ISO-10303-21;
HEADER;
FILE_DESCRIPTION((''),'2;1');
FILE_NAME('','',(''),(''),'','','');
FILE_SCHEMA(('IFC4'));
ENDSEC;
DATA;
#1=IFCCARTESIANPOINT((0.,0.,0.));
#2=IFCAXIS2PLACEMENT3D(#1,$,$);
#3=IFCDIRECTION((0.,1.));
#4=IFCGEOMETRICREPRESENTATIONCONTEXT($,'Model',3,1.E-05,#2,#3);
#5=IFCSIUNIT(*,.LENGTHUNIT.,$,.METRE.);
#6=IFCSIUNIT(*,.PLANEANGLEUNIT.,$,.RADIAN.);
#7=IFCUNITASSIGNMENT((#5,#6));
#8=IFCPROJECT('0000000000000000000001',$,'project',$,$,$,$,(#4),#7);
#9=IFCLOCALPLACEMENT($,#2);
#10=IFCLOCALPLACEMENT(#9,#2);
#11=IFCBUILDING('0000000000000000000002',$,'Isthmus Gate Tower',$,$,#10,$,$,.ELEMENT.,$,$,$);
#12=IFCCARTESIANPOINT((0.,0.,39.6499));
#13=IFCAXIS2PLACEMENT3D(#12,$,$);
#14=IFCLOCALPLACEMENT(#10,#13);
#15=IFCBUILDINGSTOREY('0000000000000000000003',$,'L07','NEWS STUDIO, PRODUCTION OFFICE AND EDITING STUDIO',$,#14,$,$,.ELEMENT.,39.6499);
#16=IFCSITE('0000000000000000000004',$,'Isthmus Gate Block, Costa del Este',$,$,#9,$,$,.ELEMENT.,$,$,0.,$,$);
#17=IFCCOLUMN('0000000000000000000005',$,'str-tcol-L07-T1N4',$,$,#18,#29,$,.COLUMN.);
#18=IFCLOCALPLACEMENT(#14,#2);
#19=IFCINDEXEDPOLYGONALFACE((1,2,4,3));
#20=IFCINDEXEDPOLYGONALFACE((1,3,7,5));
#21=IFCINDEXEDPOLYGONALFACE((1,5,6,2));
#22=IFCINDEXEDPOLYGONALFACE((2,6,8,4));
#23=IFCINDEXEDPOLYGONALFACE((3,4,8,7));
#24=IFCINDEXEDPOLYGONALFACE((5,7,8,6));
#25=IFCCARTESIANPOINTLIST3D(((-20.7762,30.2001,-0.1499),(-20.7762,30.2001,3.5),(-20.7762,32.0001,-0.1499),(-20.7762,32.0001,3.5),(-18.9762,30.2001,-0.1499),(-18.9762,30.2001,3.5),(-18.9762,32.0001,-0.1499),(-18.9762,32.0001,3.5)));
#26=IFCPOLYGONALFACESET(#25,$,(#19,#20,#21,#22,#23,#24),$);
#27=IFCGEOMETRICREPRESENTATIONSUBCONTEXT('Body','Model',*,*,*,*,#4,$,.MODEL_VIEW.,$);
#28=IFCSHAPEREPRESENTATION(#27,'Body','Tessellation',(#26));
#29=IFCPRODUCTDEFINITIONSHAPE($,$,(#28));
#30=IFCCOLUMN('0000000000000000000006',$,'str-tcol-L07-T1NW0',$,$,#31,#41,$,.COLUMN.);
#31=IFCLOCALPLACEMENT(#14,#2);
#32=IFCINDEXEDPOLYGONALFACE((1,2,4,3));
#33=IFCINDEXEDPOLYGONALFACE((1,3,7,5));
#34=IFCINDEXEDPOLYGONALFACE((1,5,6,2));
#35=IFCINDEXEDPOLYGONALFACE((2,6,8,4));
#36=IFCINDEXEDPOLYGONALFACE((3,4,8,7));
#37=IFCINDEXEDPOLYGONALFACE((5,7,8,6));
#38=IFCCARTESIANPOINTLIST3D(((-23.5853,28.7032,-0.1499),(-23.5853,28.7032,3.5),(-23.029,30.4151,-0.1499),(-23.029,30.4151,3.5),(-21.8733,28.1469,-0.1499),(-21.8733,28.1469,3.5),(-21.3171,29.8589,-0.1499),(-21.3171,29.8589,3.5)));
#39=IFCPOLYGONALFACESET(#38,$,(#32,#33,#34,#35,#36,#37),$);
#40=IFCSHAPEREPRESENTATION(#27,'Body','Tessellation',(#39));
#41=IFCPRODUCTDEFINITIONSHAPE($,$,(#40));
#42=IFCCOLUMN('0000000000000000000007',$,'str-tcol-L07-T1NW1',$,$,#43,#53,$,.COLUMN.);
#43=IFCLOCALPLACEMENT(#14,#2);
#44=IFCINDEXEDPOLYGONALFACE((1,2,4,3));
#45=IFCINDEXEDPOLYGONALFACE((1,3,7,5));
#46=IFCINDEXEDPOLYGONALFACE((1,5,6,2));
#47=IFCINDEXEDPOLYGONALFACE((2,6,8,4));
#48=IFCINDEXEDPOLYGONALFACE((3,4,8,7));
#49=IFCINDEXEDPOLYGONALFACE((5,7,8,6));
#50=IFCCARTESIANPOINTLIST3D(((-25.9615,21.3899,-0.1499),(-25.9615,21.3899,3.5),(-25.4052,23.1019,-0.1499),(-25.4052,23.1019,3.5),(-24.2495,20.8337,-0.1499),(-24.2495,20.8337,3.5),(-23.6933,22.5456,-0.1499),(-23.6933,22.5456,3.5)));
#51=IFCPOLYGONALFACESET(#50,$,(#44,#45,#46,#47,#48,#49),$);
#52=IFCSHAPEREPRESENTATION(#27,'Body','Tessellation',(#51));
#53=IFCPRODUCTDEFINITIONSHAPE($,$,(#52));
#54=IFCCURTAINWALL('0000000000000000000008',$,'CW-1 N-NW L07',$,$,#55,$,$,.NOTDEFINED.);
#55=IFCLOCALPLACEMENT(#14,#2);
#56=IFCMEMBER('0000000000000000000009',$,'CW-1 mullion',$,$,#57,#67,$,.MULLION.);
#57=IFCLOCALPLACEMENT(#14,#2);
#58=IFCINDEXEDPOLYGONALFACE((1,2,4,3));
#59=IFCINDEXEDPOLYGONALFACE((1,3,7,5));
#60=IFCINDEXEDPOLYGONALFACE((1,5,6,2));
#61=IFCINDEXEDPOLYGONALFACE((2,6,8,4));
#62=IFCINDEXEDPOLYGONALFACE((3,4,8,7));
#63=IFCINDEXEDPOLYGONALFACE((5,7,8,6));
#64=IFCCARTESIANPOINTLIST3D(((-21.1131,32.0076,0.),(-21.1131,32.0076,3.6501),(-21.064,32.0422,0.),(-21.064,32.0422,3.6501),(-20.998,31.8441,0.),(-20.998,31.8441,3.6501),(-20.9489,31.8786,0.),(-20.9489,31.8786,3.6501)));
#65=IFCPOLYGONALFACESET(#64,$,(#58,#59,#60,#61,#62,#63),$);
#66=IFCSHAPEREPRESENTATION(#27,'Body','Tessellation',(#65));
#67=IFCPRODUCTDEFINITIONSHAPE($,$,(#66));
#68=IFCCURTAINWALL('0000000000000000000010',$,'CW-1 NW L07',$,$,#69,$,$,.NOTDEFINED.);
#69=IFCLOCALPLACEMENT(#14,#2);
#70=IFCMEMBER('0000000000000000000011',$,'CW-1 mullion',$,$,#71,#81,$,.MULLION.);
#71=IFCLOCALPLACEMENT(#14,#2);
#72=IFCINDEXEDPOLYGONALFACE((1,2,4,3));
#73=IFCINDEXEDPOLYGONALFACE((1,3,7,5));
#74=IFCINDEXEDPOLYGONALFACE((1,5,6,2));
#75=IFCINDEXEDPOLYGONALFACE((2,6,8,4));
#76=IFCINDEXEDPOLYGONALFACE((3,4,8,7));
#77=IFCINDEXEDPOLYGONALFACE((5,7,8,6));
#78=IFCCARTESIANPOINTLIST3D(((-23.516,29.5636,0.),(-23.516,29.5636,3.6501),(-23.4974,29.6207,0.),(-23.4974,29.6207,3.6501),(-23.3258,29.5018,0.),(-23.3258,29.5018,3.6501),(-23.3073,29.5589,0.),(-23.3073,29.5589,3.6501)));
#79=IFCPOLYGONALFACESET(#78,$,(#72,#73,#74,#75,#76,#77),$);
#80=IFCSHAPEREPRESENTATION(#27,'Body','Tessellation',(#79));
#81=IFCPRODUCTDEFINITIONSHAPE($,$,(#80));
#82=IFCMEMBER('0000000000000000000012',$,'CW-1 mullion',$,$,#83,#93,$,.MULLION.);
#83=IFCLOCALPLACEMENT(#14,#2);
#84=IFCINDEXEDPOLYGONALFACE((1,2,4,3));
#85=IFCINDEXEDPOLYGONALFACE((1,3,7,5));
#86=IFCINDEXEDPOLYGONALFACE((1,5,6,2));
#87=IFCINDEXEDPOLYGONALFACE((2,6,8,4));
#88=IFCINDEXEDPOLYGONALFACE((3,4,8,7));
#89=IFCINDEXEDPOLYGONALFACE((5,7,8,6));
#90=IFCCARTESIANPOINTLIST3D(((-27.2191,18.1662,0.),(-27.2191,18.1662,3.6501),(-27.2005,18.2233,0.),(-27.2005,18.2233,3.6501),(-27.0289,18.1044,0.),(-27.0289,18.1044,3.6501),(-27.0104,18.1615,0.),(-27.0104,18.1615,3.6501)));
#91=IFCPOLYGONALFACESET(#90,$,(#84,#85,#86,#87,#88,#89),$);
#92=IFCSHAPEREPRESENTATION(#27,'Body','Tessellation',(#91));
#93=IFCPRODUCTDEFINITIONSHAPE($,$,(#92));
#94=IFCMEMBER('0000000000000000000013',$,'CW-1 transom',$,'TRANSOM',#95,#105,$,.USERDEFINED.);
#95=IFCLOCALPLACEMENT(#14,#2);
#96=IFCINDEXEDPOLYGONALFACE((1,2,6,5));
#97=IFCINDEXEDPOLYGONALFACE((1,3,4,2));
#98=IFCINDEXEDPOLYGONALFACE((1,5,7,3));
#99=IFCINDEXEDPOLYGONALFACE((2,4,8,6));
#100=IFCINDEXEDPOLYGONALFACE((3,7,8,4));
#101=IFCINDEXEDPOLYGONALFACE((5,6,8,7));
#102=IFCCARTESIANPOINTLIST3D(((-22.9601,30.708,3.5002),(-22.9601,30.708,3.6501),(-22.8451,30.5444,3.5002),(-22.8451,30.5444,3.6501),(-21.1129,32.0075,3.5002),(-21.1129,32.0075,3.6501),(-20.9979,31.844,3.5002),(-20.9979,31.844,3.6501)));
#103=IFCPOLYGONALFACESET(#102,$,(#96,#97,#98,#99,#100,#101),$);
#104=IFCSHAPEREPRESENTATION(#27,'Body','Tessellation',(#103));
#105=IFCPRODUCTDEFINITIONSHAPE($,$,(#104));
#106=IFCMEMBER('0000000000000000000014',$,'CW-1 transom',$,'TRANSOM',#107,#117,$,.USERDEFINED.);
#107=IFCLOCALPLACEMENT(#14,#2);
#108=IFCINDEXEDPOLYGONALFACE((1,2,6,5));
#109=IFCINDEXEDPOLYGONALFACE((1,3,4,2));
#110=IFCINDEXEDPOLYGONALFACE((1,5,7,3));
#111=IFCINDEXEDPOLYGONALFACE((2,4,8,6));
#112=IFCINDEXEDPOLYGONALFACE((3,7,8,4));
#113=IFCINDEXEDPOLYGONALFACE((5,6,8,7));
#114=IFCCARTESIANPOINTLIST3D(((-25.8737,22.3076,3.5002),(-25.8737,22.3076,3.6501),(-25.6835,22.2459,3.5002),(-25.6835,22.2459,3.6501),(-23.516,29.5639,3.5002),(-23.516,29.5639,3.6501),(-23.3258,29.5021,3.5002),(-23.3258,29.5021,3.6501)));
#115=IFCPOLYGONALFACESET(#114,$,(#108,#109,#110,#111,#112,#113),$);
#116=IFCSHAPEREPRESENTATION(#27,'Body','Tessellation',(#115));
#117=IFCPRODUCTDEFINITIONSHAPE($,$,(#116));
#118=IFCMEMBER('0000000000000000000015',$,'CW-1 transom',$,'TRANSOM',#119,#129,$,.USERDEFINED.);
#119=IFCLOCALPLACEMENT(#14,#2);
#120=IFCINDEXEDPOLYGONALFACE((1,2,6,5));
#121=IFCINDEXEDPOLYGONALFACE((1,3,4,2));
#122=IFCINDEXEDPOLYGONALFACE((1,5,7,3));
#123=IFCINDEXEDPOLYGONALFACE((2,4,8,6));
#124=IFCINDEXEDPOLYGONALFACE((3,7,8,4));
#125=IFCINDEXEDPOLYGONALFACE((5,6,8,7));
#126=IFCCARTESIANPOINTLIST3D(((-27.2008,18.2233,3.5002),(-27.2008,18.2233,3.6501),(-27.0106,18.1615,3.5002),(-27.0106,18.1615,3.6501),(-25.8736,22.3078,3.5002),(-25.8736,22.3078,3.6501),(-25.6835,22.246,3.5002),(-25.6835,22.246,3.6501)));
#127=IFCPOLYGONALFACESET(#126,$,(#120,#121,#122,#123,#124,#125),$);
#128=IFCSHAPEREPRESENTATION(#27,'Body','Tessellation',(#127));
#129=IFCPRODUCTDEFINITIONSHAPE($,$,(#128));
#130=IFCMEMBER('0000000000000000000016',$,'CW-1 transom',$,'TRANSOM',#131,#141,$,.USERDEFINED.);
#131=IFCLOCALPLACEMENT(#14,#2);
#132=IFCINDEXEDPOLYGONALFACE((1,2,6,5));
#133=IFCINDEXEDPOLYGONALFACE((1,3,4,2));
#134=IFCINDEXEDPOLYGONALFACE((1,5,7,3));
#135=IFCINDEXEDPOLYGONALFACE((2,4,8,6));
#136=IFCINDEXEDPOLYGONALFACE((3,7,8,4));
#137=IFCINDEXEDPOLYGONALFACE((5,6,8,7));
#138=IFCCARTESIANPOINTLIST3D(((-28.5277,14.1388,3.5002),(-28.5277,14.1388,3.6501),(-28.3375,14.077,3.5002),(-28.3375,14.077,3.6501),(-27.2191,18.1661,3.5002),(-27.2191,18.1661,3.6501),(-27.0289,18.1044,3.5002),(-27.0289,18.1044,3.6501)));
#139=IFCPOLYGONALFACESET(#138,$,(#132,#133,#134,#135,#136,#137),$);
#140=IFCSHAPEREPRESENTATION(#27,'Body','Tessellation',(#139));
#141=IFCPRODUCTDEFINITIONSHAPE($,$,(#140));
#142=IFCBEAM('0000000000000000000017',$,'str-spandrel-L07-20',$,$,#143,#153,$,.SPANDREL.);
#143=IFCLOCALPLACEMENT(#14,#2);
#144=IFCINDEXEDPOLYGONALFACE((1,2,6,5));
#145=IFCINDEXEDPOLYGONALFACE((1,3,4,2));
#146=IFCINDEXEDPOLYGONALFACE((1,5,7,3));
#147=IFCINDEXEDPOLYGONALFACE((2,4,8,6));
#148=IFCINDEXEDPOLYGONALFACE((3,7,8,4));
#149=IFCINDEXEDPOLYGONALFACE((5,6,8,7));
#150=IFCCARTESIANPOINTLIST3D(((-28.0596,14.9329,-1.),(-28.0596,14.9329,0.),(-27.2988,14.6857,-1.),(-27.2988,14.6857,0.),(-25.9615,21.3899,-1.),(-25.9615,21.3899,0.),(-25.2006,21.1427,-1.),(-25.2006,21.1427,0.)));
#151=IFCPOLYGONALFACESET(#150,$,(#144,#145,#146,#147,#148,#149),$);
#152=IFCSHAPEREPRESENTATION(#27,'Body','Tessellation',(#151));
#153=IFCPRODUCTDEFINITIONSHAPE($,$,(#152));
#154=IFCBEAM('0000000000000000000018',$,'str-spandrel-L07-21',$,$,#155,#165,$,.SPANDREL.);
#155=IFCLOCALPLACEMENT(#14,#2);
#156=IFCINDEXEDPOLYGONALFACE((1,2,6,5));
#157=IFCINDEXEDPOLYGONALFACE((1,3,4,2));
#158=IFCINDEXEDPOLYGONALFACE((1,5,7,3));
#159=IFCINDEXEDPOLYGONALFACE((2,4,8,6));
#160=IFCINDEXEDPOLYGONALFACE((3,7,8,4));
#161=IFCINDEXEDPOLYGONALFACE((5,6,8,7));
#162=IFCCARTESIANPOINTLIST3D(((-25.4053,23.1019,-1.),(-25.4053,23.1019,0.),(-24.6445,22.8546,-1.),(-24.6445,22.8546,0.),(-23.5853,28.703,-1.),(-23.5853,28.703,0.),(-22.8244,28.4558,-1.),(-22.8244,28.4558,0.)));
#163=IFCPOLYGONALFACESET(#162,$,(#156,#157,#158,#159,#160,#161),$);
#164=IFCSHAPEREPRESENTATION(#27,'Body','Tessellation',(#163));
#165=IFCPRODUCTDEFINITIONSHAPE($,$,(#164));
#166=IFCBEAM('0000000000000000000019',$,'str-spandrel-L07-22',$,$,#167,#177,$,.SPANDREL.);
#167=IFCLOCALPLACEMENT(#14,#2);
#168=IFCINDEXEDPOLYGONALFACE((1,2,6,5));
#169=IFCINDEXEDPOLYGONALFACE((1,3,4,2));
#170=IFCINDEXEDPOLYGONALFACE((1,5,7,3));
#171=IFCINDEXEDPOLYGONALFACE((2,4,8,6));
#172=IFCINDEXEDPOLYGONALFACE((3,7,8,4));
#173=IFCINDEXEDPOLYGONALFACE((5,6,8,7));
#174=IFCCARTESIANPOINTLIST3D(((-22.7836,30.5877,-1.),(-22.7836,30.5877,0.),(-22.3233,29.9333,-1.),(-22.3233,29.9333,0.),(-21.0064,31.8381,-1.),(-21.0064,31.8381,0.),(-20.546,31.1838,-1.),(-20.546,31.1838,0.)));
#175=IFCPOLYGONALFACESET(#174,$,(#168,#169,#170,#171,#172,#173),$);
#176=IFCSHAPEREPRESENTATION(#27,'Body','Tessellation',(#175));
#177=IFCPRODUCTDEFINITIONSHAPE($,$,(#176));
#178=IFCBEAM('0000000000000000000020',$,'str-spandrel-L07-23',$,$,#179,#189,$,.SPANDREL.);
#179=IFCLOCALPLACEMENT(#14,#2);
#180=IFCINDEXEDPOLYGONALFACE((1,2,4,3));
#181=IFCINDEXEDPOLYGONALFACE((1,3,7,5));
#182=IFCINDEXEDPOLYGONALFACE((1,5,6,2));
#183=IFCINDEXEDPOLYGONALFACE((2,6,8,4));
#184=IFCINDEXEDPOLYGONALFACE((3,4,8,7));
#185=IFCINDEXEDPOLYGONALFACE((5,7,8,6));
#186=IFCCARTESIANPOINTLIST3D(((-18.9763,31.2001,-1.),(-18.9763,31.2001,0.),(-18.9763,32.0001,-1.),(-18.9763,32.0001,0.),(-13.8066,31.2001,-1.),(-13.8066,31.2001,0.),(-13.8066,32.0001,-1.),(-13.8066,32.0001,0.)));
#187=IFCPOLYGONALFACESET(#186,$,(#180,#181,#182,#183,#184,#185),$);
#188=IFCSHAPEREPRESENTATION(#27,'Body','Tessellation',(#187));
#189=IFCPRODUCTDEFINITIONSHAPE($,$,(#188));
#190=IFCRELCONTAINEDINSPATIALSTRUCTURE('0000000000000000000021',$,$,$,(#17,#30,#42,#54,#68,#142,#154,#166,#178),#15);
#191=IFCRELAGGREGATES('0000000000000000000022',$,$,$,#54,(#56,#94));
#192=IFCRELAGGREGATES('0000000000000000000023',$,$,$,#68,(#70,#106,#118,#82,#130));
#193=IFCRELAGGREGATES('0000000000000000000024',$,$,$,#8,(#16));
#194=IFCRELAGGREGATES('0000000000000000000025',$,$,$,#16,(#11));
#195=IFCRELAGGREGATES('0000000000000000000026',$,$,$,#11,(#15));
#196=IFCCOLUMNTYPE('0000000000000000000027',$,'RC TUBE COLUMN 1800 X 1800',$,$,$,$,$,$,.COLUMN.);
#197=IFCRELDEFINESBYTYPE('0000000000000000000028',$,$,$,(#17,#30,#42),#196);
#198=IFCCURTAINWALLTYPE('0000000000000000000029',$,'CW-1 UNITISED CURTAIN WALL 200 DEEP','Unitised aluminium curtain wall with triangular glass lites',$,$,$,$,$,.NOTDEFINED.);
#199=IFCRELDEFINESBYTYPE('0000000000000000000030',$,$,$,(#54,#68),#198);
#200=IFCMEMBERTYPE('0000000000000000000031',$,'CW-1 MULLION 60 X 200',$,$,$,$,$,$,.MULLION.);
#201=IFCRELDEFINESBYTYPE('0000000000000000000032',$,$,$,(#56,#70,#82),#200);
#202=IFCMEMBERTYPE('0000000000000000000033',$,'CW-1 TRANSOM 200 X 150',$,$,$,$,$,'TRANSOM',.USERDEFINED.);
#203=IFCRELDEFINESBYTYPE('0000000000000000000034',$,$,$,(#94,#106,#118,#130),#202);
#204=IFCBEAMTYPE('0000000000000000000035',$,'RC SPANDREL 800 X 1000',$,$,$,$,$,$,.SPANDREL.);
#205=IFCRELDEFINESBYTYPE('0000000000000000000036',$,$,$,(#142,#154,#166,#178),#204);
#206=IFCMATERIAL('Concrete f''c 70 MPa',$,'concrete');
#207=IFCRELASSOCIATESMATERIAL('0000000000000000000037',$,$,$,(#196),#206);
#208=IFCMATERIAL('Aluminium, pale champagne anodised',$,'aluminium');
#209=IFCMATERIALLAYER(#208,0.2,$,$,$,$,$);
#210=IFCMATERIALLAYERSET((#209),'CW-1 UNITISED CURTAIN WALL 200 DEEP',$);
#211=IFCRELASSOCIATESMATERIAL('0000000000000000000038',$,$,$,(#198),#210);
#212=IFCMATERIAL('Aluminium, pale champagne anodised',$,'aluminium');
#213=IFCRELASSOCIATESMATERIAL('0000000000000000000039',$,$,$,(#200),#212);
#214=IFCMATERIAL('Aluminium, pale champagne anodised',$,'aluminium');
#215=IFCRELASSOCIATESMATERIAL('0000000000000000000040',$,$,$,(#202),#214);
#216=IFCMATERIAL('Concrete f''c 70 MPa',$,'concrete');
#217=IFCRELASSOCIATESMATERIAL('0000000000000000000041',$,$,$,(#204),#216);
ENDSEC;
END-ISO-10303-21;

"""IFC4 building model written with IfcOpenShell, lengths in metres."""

from ifc_helpers import new_model, si_unit, direction, frame, origin, origin_2d, place, context, subcontext, project, spatial, rectangle, extrude, material, layer, layer_set, material_profile, profile_set, type_object, element, aggregate, save


model = new_model("IFC4")

# Units and contexts
model_context = context("Model", 3, precision=1e-05, world=origin(), true_north=direction((0.0, 1.0)))
body_context = subcontext(model_context, "Body", "Model", "MODEL_VIEW")
ifc_project = project(units=[si_unit("LENGTHUNIT", "METRE"), si_unit("PLANEANGLEUNIT", "RADIAN")], contexts=[model_context])

# Site, building, storey
site_placement = place(None, origin())
site = spatial("IfcSite", under=ifc_project, at=site_placement, Name="Isthmus Gate Block, Costa del Este", CompositionType="ELEMENT", RefElevation=0.0)
building_placement = place(site_placement, origin())
building = spatial("IfcBuilding", under=site, at=building_placement, Name="Isthmus Gate Tower", CompositionType="ELEMENT")
storey_placement = place(building_placement, frame((0.0, 0.0, 39.6499)))
storey = spatial("IfcBuildingStorey", under=building, at=storey_placement, Name="L07", Description="NEWS STUDIO, PRODUCTION OFFICE AND EDITING STUDIO", CompositionType="ELEMENT", Elevation=39.6499)

# Columns
ifc_material_1 = material(Name="Concrete f'c 70 MPa", Category="concrete")
ifc_material_profile_1 = material_profile(ifc_material_1, rectangle(XDim=1.8, YDim=1.8, at=origin_2d()), Name="RC 1800X1800")
ifc_profile_set_1 = profile_set([ifc_material_profile_1], Name="Concrete f'c 70 MPa")
column_type = type_object("IfcColumnType", Name="RC TUBE COLUMN 1800 X 1800", PredefinedType="COLUMN", material=ifc_profile_set_1)
for number, where, z_axis, x_axis, name in (
    (1, (-19.8762, 31.1001, -0.1499), (0.0, 0.0, 1.0), (-1.0, 0.0, 0.0), "str-tcol-L07-T1N4"),
    (2, (-22.4512, 29.281, -0.1499), (0.0, 0.0, 1.0), (-0.309017, -0.951057, 0.0), "str-tcol-L07-T1NW0"),
    (3, (-24.8274, 21.9678, -0.1499), (0.0, 0.0, 1.0), (-0.309017, -0.951057, 0.0), "str-tcol-L07-T1NW1"),
):
    element("IfcColumn", number, at=place(storey_placement, frame(where, z_axis=z_axis, x_axis=x_axis)), inside=storey, type_object=column_type, Name=name, PredefinedType="COLUMN", context=body_context, shape_type="SweptSolid", body=[
        extrude(rectangle(XDim=1.8, YDim=1.8, at=origin_2d()), origin(), (0.0, 0.0, 1.0), 3.6499),
    ])

# Curtain wall, member
ifc_material_2 = material(Name="Aluminium, pale champagne anodised", Category="aluminium")
ifc_layer_1 = layer(ifc_material_2, 0.2)
ifc_layer_set_1 = layer_set([ifc_layer_1], Name="CW-1 UNITISED CURTAIN WALL 200 DEEP")
curtain_wall_type = type_object("IfcCurtainWallType", Name="CW-1 UNITISED CURTAIN WALL 200 DEEP", Description="Unitised aluminium curtain wall with triangular glass lites", PredefinedType="NOTDEFINED", material=ifc_layer_set_1)
curtain_wall_1_placement = place(storey_placement, origin())
curtain_wall_1 = element("IfcCurtainWall", 4, at=curtain_wall_1_placement, inside=storey, type_object=curtain_wall_type, Name="CW-1 N-NW L07", PredefinedType="NOTDEFINED")
ifc_material_3 = material(Name="Aluminium, pale champagne anodised", Category="aluminium")
ifc_material_profile_2 = material_profile(ifc_material_3, rectangle(XDim=0.0601, YDim=0.2, at=origin_2d()), Name="60x200")
ifc_profile_set_2 = profile_set([ifc_material_profile_2], Name="Aluminium, pale champagne anodised")
member_type_1 = type_object("IfcMemberType", Name="CW-1 MULLION 60 X 200", PredefinedType="MULLION", material=ifc_profile_set_2)
member_1_placement = place(storey_placement, frame((-21.031, 31.9431, 0.0), z_axis=(0.0, 0.0, 1.0), x_axis=(-0.81786, -0.575418, 0.0)))
member_1 = element("IfcMember", 5, at=member_1_placement, type_object=member_type_1, Name="CW-1 mullion", PredefinedType="MULLION", context=body_context, shape_type="SweptSolid", body=[
    extrude(rectangle(XDim=0.0601, YDim=0.2, at=origin_2d()), origin(), (0.0, 0.0, 1.0), 3.6501),
])

# Curtain wall, members
curtain_wall_2_placement = place(storey_placement, origin())
curtain_wall_2 = element("IfcCurtainWall", 6, at=curtain_wall_2_placement, inside=storey, type_object=curtain_wall_type, Name="CW-1 NW L07", PredefinedType="NOTDEFINED")
member_2_placement = place(storey_placement, frame((-23.4116, 29.5613, 0.0), z_axis=(0.0, 0.0, 1.0), x_axis=(-0.309017, -0.951057, 0.0)))
member_2 = element("IfcMember", 7, at=member_2_placement, type_object=member_type_1, Name="CW-1 mullion", PredefinedType="MULLION", context=body_context, shape_type="SweptSolid", body=[
    extrude(rectangle(XDim=0.0601, YDim=0.2, at=origin_2d()), origin(), (0.0, 0.0, 1.0), 3.6501),
])
member_3_placement = place(storey_placement, frame((-27.1147, 18.1638, 0.0), z_axis=(0.0, 0.0, 1.0), x_axis=(-0.309017, -0.951057, 0.0)))
member_3 = element("IfcMember", 8, at=member_3_placement, type_object=member_type_1, Name="CW-1 mullion", PredefinedType="MULLION", context=body_context, shape_type="SweptSolid", body=[
    extrude(rectangle(XDim=0.0601, YDim=0.2, at=origin_2d()), origin(), (0.0, 0.0, 1.0), 3.6501),
])

# Members
ifc_material_4 = material(Name="Aluminium, pale champagne anodised", Category="aluminium")
ifc_material_profile_3 = material_profile(ifc_material_4, rectangle(XDim=0.2, YDim=0.1499, at=origin_2d()), Name="200x150")
ifc_profile_set_3 = profile_set([ifc_material_profile_3], Name="Aluminium, pale champagne anodised")
member_type_2 = type_object("IfcMemberType", Name="CW-1 TRANSOM 200 X 150", ElementType="TRANSOM", PredefinedType="USERDEFINED", material=ifc_profile_set_3)
member_4_placement = place(storey_placement, frame((-21.0554, 31.9258, 3.5752), z_axis=(-0.817869, -0.575405, 0.0), x_axis=(0.575405, -0.817869, 0.0)))
member_4 = element("IfcMember", 9, at=member_4_placement, type_object=member_type_2, Name="CW-1 transom", ObjectType="TRANSOM", PredefinedType="USERDEFINED", context=body_context, shape_type="SweptSolid", body=[
    extrude(rectangle(XDim=0.2, YDim=0.1499, at=origin_2d()), origin(), (0.0, 0.0, 1.0), 2.2585),
])
member_5_placement = place(storey_placement, frame((-23.4209, 29.533, 3.5752), z_axis=(-0.309019, -0.951056, 0.0), x_axis=(0.951056, -0.309019, 0.0)))
member_5 = element("IfcMember", 10, at=member_5_placement, type_object=member_type_2, Name="CW-1 transom", ObjectType="TRANSOM", PredefinedType="USERDEFINED", context=body_context, shape_type="SweptSolid", body=[
    extrude(rectangle(XDim=0.2, YDim=0.1499, at=origin_2d()), origin(), (0.0, 0.0, 1.0), 7.6296),
])
member_6_placement = place(storey_placement, frame((-25.7786, 22.2769, 3.5752), z_axis=(-0.309022, -0.951055, 0.0), x_axis=(0.951055, -0.309022, 0.0)))
member_6 = element("IfcMember", 11, at=member_6_placement, type_object=member_type_2, Name="CW-1 transom", ObjectType="TRANSOM", PredefinedType="USERDEFINED", context=body_context, shape_type="SweptSolid", body=[
    extrude(rectangle(XDim=0.2, YDim=0.1499, at=origin_2d()), origin(), (0.0, 0.0, 1.0), 4.2947),
])
member_7_placement = place(storey_placement, frame((-27.124, 18.1353, 3.5752), z_axis=(-0.309023, -0.951054, 0.0), x_axis=(0.951054, -0.309023, 0.0)))
member_7 = element("IfcMember", 12, at=member_7_placement, type_object=member_type_2, Name="CW-1 transom", ObjectType="TRANSOM", PredefinedType="USERDEFINED", context=body_context, shape_type="SweptSolid", body=[
    extrude(rectangle(XDim=0.2, YDim=0.1499, at=origin_2d()), origin(), (0.0, 0.0, 1.0), 4.2346),
])

# Beams
ifc_material_5 = material(Name="Concrete f'c 70 MPa", Category="concrete")
ifc_material_profile_4 = material_profile(ifc_material_5, rectangle(XDim=0.8, YDim=1.0, at=origin_2d()), Name="RC 800X1000")
ifc_profile_set_4 = profile_set([ifc_material_profile_4], Name="Concrete f'c 70 MPa")
beam_type_1 = type_object("IfcBeamType", Name="RC SPANDREL 800 X 1000", PredefinedType="SPANDREL", material=ifc_profile_set_4)
beam_1_placement = place(storey_placement, frame((-27.6792, 14.8093, -0.5), z_axis=(0.309034, 0.951051, 0.0), x_axis=(-0.951051, 0.309034, 0.0)))
element("IfcBeam", 13, at=beam_1_placement, inside=storey, type_object=beam_type_1, Name="str-spandrel-L07-20", PredefinedType="SPANDREL", context=body_context, shape_type="SweptSolid", body=[
    extrude(rectangle(XDim=0.8, YDim=1.0, at=origin_2d()), origin(), (0.0, 0.0, 1.0), 6.7893),
])
beam_2_placement = place(storey_placement, frame((-25.0249, 22.9783, -0.5), z_axis=(0.309043, 0.951048, 0.0), x_axis=(-0.951048, 0.309043, 0.0)))
element("IfcBeam", 14, at=beam_2_placement, inside=storey, type_object=beam_type_1, Name="str-spandrel-L07-21", PredefinedType="SPANDREL", context=body_context, shape_type="SweptSolid", body=[
    extrude(rectangle(XDim=0.8, YDim=1.0, at=origin_2d()), origin(), (0.0, 0.0, 1.0), 5.8894),
])
beam_3_placement = place(storey_placement, frame((-22.5535, 30.2605, -0.5), z_axis=(0.817857, 0.575421, 0.0), x_axis=(-0.575421, 0.817857, 0.0)))
element("IfcBeam", 15, at=beam_3_placement, inside=storey, type_object=beam_type_1, Name="str-spandrel-L07-22", PredefinedType="SPANDREL", context=body_context, shape_type="SweptSolid", body=[
    extrude(rectangle(XDim=0.8, YDim=1.0, at=origin_2d()), origin(), (0.0, 0.0, 1.0), 2.1731),
])
beam_4_placement = place(storey_placement, frame((-18.9763, 31.6001, -0.5), z_axis=(1.0, 0.0, 0.0), x_axis=(0.0, 1.0, 0.0)))
element("IfcBeam", 16, at=beam_4_placement, inside=storey, type_object=beam_type_1, Name="str-spandrel-L07-23", PredefinedType="SPANDREL", context=body_context, shape_type="SweptSolid", body=[
    extrude(rectangle(XDim=0.8, YDim=1.0, at=origin_2d()), origin(), (0.0, 0.0, 1.0), 5.1697),
])

aggregate(curtain_wall_1, [member_1, member_4])

aggregate(curtain_wall_2, [member_2, member_5, member_6, member_3, member_7])

save(model, "model.ifc")
